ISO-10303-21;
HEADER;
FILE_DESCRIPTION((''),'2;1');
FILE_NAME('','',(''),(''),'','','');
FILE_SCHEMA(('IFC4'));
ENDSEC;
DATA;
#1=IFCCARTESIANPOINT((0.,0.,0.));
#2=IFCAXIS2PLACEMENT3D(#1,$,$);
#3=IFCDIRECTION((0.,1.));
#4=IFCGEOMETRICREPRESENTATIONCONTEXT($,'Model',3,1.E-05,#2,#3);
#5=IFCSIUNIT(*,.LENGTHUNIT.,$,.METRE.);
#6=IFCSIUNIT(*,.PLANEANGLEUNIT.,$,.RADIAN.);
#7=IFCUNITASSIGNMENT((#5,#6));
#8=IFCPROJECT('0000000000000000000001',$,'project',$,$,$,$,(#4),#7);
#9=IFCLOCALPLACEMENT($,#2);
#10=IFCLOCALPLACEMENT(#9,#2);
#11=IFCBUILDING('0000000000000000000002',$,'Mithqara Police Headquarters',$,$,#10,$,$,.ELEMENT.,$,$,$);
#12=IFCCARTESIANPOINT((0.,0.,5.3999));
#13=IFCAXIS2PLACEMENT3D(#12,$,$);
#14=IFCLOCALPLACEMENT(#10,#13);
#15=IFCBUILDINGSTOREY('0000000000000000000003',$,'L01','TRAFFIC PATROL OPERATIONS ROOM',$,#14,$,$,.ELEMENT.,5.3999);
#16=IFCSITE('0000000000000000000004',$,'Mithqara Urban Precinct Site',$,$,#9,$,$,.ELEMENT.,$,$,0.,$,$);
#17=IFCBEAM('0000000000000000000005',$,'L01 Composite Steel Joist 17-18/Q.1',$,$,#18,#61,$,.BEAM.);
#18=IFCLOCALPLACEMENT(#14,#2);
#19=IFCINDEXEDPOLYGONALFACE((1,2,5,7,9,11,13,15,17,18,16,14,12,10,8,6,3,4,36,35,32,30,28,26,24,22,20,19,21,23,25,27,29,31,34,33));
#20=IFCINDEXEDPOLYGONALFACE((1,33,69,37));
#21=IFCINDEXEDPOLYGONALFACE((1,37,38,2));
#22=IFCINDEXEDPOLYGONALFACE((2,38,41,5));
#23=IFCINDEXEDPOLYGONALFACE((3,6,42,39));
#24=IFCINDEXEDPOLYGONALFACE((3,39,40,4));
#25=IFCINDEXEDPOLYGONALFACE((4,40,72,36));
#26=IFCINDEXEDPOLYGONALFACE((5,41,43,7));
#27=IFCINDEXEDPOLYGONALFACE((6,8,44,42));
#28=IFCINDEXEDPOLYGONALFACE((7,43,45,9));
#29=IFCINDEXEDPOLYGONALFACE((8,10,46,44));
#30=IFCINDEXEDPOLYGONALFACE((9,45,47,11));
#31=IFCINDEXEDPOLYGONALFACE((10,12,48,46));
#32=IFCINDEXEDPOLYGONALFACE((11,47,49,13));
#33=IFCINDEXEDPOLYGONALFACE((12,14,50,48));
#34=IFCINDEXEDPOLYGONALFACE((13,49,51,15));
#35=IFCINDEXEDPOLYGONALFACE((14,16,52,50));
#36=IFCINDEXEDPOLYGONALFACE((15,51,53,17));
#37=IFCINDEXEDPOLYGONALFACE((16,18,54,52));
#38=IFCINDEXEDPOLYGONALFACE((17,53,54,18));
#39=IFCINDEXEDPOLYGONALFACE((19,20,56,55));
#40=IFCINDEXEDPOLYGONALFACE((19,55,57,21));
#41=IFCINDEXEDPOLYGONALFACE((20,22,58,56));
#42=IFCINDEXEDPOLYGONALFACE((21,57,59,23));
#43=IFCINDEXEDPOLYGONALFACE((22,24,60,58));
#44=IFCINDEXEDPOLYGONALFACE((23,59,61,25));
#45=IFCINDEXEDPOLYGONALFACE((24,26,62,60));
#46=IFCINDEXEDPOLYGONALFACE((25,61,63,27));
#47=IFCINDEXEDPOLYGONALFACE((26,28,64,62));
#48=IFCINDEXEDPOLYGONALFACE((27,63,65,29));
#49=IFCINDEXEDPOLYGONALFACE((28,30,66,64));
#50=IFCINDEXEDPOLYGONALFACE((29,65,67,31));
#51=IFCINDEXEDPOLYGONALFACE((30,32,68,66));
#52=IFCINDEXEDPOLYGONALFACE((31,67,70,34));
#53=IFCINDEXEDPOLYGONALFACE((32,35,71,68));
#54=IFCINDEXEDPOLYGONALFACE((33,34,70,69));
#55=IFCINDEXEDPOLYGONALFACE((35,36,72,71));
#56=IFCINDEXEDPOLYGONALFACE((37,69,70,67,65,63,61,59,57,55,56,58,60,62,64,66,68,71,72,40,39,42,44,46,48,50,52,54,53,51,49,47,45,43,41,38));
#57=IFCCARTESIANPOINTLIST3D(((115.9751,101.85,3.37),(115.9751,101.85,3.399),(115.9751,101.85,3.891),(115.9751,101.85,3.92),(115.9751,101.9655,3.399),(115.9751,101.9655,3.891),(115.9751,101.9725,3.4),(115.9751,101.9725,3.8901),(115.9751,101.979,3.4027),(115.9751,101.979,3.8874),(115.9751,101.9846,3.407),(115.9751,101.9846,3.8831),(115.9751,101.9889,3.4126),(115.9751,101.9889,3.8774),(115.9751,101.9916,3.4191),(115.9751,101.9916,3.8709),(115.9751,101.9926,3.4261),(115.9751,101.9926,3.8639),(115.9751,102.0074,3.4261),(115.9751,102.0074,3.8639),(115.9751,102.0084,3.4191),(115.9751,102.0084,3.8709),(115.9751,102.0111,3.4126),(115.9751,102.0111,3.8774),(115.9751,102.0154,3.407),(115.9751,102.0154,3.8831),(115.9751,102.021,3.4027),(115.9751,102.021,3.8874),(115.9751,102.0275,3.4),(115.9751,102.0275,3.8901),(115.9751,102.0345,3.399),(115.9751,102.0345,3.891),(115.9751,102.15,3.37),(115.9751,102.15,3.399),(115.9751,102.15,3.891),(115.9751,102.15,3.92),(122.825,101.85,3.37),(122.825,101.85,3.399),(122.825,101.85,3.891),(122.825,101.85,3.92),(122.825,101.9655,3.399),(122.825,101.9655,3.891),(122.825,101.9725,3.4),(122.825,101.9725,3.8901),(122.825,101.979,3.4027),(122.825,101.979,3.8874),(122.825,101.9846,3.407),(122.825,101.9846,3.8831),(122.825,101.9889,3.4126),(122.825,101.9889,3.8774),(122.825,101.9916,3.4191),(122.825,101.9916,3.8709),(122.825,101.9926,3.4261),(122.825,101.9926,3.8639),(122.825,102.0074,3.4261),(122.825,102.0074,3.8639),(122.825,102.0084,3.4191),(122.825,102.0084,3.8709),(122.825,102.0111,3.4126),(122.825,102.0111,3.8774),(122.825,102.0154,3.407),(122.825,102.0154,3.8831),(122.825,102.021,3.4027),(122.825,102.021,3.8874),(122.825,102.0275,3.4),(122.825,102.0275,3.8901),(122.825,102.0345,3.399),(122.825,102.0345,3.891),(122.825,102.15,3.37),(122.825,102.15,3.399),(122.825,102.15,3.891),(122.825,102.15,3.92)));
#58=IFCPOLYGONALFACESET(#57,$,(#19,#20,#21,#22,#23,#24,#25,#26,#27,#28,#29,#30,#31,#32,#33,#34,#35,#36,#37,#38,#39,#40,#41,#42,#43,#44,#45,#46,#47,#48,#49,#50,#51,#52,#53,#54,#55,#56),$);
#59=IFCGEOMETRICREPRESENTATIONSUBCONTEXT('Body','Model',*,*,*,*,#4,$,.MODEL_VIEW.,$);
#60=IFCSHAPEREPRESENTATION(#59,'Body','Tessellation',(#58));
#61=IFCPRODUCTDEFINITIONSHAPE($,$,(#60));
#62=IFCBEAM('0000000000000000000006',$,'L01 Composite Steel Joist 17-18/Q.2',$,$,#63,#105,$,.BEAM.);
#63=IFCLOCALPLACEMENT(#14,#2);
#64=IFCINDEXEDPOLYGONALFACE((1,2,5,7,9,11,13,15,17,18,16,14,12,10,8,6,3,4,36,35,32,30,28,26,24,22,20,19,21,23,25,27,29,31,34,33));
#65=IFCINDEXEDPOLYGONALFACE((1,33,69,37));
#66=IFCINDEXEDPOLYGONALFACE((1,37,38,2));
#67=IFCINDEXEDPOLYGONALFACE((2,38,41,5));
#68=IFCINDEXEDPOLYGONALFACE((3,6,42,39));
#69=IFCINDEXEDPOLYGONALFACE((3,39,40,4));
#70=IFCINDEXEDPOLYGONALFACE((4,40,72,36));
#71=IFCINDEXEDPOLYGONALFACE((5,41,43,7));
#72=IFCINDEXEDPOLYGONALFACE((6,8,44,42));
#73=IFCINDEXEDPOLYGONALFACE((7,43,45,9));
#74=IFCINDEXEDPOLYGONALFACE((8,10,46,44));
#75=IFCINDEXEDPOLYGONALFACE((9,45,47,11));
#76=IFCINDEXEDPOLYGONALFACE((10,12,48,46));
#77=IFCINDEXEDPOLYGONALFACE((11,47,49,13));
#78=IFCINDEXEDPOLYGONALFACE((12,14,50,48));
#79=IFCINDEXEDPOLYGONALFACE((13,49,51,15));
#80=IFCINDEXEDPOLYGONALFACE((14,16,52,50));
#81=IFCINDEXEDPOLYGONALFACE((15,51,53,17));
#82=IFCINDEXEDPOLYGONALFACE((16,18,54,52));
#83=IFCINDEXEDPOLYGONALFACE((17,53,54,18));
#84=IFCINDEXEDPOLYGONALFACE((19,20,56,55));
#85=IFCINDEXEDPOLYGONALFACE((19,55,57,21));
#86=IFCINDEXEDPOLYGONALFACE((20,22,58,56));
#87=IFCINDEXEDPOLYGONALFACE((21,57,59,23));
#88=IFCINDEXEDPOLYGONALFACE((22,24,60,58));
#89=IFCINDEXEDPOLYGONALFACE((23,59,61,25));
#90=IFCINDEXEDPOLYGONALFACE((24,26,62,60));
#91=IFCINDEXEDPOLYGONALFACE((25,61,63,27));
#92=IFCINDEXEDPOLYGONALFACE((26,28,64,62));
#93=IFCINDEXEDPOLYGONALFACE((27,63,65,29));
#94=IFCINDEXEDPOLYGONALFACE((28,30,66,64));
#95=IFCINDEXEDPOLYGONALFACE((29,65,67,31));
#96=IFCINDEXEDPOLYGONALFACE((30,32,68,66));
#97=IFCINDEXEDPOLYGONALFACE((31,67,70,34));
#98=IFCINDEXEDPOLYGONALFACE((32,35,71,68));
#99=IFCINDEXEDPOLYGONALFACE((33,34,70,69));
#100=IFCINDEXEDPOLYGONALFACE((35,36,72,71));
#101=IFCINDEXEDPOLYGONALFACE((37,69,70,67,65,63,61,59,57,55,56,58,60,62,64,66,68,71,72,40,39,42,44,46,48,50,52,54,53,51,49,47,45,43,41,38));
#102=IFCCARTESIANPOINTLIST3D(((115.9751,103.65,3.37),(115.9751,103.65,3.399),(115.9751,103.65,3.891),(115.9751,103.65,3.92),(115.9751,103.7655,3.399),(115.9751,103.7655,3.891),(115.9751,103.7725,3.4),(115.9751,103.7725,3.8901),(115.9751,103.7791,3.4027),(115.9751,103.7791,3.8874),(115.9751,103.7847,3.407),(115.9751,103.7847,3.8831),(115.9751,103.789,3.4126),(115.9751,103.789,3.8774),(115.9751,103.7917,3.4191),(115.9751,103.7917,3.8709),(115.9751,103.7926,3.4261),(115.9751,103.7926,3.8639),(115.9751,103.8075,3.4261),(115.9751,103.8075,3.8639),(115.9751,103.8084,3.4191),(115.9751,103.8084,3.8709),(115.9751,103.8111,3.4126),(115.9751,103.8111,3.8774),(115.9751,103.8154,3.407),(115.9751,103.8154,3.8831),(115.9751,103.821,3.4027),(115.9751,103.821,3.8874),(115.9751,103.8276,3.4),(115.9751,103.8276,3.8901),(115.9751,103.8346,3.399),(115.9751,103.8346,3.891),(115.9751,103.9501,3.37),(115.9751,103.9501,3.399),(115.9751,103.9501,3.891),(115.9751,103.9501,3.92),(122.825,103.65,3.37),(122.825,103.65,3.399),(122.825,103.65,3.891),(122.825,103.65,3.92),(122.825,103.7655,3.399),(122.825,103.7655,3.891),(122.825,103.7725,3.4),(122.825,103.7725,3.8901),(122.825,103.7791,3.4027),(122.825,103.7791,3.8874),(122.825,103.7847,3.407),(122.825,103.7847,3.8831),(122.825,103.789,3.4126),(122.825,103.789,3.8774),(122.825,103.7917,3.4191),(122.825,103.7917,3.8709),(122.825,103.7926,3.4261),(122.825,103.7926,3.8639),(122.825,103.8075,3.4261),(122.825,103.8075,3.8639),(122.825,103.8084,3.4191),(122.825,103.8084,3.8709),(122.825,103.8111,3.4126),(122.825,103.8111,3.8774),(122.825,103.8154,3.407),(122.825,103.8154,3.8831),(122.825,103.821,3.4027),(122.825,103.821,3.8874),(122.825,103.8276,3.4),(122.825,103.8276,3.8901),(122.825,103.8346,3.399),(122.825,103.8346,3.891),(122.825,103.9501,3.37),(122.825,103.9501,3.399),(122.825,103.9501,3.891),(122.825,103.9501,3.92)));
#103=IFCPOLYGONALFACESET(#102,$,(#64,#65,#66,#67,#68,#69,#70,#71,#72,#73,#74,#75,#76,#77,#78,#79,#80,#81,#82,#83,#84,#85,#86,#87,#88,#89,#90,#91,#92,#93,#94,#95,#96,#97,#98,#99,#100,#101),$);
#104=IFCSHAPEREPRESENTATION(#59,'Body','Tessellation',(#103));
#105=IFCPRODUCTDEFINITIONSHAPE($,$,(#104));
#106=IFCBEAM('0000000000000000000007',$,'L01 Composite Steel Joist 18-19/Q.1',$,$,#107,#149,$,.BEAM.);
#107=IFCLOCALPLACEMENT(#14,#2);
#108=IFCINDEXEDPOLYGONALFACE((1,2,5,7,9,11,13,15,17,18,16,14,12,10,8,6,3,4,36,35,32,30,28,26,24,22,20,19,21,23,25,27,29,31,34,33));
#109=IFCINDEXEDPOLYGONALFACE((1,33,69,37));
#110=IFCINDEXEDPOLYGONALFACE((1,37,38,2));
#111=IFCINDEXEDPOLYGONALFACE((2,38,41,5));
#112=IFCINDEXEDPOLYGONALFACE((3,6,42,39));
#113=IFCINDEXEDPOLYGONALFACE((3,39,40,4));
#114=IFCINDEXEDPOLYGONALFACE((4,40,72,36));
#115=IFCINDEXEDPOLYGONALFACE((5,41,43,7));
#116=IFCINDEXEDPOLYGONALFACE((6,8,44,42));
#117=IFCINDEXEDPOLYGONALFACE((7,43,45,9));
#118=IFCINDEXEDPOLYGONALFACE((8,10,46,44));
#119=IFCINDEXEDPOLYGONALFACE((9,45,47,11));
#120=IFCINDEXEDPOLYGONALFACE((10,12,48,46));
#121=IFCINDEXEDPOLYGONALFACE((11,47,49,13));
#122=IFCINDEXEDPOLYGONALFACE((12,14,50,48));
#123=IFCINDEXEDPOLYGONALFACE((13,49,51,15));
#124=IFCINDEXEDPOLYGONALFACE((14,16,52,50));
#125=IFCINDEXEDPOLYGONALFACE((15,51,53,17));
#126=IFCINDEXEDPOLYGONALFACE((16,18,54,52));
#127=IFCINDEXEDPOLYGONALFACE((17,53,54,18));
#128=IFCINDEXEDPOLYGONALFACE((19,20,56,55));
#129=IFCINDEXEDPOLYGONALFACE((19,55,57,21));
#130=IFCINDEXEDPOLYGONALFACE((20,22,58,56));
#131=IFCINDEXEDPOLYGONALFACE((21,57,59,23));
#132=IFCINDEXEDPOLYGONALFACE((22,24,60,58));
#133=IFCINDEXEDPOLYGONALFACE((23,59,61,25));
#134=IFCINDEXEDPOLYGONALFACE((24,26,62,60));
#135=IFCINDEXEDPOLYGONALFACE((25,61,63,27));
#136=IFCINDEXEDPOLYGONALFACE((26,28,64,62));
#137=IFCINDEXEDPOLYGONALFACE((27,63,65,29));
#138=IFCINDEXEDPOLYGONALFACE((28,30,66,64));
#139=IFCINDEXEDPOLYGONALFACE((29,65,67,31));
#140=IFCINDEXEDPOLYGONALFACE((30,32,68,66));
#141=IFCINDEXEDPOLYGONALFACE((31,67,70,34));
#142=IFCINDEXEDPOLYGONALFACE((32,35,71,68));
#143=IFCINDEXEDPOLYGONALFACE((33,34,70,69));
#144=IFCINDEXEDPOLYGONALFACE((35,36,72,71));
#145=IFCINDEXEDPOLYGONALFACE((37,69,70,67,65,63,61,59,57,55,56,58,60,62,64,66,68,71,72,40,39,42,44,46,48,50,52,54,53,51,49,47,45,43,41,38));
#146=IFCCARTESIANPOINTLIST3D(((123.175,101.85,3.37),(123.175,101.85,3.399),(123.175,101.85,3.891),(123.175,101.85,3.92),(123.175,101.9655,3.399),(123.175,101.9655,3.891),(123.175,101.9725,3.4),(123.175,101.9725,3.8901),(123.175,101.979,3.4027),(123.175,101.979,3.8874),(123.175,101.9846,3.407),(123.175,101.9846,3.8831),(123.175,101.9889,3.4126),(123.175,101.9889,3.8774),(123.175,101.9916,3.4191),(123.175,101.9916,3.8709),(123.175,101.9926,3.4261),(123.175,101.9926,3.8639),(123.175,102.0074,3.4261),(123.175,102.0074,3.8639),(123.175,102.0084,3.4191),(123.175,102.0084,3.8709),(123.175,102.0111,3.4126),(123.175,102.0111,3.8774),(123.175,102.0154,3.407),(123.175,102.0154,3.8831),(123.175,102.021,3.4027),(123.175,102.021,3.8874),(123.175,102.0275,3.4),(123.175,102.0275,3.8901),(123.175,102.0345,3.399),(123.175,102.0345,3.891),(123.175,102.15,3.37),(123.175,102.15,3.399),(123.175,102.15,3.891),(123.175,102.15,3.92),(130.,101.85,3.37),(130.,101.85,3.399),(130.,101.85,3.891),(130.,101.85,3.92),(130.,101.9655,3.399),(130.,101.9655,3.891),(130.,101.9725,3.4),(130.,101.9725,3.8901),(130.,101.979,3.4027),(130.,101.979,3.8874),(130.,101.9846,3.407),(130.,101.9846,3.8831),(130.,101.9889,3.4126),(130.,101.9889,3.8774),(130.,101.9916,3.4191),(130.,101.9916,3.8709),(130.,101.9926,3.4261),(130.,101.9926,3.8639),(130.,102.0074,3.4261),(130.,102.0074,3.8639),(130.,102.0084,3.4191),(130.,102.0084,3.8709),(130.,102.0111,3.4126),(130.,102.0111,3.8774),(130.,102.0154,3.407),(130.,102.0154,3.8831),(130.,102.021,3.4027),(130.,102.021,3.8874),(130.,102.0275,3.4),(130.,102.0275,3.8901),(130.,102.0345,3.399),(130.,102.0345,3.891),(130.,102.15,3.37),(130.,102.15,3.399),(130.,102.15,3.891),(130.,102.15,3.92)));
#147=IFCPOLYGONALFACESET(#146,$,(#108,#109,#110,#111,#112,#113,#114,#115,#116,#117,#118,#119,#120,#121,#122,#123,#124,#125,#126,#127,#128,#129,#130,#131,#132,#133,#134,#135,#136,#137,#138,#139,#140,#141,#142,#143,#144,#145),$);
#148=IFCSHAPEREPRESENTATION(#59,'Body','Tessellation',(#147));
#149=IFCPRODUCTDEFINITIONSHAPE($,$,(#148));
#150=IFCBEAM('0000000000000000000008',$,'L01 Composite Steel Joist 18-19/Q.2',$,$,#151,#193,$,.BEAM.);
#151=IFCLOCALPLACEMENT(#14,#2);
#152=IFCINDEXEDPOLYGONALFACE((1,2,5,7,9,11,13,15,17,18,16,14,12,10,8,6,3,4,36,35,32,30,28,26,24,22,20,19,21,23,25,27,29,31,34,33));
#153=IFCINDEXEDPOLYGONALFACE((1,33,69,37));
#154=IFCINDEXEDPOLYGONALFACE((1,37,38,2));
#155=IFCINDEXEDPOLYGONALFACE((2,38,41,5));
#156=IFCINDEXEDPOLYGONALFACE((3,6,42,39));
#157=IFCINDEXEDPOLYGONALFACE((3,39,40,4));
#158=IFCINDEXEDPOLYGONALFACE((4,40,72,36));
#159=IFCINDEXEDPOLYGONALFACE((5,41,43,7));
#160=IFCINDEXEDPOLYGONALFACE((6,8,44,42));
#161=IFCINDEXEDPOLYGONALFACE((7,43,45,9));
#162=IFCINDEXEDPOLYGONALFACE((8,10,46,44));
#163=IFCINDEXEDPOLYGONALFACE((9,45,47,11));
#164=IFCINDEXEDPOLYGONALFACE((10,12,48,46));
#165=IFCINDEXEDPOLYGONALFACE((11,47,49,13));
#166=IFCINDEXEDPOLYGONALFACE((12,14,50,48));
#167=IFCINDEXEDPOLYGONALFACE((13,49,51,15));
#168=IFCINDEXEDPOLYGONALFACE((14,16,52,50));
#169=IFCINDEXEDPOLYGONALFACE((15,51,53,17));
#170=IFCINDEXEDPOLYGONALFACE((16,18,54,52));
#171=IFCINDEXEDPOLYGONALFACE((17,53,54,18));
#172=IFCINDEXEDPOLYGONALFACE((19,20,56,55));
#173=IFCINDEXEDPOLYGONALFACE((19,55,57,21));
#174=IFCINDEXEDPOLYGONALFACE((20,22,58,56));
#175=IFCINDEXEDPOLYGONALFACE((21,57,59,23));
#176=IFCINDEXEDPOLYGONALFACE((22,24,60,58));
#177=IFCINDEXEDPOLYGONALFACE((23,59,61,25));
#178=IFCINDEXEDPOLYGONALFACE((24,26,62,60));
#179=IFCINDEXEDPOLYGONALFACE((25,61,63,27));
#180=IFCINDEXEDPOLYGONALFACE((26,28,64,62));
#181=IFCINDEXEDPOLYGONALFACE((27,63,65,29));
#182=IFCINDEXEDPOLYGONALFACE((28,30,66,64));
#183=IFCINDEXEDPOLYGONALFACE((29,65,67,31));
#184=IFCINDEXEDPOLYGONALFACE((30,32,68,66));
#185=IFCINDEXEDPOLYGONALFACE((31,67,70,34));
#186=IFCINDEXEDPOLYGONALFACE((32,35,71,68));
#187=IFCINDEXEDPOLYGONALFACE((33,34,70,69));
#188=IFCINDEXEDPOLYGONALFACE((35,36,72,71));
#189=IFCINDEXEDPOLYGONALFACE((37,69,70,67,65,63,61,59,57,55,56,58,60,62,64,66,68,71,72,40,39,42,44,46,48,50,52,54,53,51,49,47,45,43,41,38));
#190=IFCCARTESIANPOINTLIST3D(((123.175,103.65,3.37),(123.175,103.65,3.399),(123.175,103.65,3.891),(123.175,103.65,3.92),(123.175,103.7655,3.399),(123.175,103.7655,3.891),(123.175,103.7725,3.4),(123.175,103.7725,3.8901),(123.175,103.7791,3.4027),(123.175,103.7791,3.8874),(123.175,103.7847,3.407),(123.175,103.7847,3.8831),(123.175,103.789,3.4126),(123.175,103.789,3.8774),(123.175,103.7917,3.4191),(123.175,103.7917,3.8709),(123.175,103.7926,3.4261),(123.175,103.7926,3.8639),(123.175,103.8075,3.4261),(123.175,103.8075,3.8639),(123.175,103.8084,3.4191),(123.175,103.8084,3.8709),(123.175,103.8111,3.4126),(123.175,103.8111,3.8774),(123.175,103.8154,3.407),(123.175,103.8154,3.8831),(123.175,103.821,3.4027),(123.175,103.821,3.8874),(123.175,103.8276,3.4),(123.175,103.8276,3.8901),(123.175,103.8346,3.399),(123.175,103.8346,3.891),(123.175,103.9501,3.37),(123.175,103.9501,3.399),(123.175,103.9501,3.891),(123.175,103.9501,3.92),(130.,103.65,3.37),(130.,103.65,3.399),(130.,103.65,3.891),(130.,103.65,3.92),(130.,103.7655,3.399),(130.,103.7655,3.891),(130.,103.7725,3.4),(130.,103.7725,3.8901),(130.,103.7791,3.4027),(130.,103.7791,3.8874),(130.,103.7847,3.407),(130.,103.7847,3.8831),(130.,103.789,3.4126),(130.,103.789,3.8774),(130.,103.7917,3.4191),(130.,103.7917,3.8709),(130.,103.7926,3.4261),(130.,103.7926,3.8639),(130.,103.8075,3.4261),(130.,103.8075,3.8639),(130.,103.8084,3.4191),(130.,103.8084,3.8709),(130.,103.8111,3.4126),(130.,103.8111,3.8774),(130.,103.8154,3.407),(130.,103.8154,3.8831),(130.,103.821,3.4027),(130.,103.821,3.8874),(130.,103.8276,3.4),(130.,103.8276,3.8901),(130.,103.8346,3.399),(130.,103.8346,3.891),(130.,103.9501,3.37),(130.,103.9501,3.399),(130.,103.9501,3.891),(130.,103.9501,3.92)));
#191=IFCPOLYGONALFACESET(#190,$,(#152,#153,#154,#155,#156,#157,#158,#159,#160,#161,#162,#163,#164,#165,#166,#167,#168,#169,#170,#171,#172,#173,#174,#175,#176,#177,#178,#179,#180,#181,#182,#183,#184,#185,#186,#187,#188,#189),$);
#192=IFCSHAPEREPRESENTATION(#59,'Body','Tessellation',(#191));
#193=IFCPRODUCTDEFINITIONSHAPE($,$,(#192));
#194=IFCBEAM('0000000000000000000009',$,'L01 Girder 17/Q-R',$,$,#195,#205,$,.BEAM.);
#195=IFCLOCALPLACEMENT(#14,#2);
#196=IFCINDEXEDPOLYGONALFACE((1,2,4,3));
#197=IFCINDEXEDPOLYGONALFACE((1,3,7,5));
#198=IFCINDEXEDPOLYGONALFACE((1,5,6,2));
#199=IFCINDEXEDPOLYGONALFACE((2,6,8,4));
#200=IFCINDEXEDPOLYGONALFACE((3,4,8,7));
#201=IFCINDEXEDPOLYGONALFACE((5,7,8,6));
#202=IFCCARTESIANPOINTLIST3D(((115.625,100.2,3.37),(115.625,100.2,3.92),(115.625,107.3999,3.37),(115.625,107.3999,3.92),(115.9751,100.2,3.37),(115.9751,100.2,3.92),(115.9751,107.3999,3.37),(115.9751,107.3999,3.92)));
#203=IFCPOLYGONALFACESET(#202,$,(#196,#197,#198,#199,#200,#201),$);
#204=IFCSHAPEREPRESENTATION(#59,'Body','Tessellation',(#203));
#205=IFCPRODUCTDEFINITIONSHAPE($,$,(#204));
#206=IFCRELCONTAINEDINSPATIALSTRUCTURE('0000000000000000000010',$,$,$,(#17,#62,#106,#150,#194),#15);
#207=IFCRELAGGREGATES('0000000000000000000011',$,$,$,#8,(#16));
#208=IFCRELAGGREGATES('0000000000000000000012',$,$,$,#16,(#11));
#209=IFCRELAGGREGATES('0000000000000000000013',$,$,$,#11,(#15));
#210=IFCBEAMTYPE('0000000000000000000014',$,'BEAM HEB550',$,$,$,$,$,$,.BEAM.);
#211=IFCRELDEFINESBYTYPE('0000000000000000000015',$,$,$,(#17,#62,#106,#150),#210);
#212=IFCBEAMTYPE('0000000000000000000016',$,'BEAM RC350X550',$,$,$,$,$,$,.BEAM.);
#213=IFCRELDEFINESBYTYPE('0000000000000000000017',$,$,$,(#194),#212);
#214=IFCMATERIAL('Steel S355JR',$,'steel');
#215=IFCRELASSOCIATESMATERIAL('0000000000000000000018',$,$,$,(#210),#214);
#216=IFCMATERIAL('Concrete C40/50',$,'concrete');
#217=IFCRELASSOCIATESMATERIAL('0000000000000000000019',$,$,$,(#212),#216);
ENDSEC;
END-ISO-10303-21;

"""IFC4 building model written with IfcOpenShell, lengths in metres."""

from ifc_helpers import new_model, si_unit, direction, frame, origin, origin_2d, place, context, subcontext, project, spatial, rectangle, i_section, extrude, material, material_profile, profile_set, type_object, element, save


model = new_model("IFC4")

# Units and contexts
model_context = context("Model", 3, precision=1e-05, world=origin(), true_north=direction((0.0, 1.0)))
body_context = subcontext(model_context, "Body", "Model", "MODEL_VIEW")
ifc_project = project(units=[si_unit("LENGTHUNIT", "METRE"), si_unit("PLANEANGLEUNIT", "RADIAN")], contexts=[model_context])

# Site, building, storey
site_placement = place(None, origin())
site = spatial("IfcSite", under=ifc_project, at=site_placement, Name="Mithqara Urban Precinct Site", CompositionType="ELEMENT", RefElevation=0.0)
building_placement = place(site_placement, origin())
building = spatial("IfcBuilding", under=site, at=building_placement, Name="Mithqara Police Headquarters", CompositionType="ELEMENT")
storey_placement = place(building_placement, frame((0.0, 0.0, 5.3999)))
storey = spatial("IfcBuildingStorey", under=building, at=storey_placement, Name="L01", Description="TRAFFIC PATROL OPERATIONS ROOM", CompositionType="ELEMENT", Elevation=5.3999)

# Beams
ifc_material_1 = material(Name="Steel S355JR", Category="steel")
ifc_material_profile_1 = material_profile(ifc_material_1, i_section(OverallWidth=0.3, OverallDepth=0.55, WebThickness=0.0149, FlangeThickness=0.0291, FilletRadius=0.0271, at=origin_2d()), Name="HEB 550")
ifc_profile_set_1 = profile_set([ifc_material_profile_1], Name="Steel S355JR")
beam_type_1 = type_object("IfcBeamType", Name="BEAM HEB550", PredefinedType="BEAM", material=ifc_profile_set_1)
for number, where, z_axis, x_axis, name in (
    (1, (115.9751, 102.0, 3.645), (1.0, 0.0, 0.0), (0.0, 1.0, 0.0), "L01 Composite Steel Joist 17-18/Q.1"),
    (2, (115.9751, 103.8, 3.645), (1.0, 0.0, 0.0), (0.0, 1.0, 0.0), "L01 Composite Steel Joist 17-18/Q.2"),
):
    element("IfcBeam", number, at=place(storey_placement, frame(where, z_axis=z_axis, x_axis=x_axis)), inside=storey, type_object=beam_type_1, Name=name, PredefinedType="BEAM", context=body_context, shape_type="SweptSolid", body=[
        extrude(i_section(OverallWidth=0.3, OverallDepth=0.55, WebThickness=0.0149, FlangeThickness=0.0291, FilletRadius=0.0271, at=origin_2d()), origin(), (0.0, 0.0, 1.0), 6.8499),
    ])
for number, where, z_axis, x_axis, name in (
    (3, (123.175, 102.0, 3.645), (1.0, 0.0, 0.0), (0.0, 1.0, 0.0), "L01 Composite Steel Joist 18-19/Q.1"),
    (4, (123.175, 103.8, 3.645), (1.0, 0.0, 0.0), (0.0, 1.0, 0.0), "L01 Composite Steel Joist 18-19/Q.2"),
):
    element("IfcBeam", number, at=place(storey_placement, frame(where, z_axis=z_axis, x_axis=x_axis)), inside=storey, type_object=beam_type_1, Name=name, PredefinedType="BEAM", context=body_context, shape_type="SweptSolid", body=[
        extrude(i_section(OverallWidth=0.3, OverallDepth=0.55, WebThickness=0.0149, FlangeThickness=0.0291, FilletRadius=0.0271, at=origin_2d()), origin(), (0.0, 0.0, 1.0), 6.825),
    ])
ifc_material_2 = material(Name="Concrete C40/50", Category="concrete")
ifc_material_profile_2 = material_profile(ifc_material_2, rectangle(XDim=0.3501, YDim=0.55, at=origin_2d()), Name="RC 350x550")
ifc_profile_set_2 = profile_set([ifc_material_profile_2], Name="Concrete C40/50")
beam_type_2 = type_object("IfcBeamType", Name="BEAM RC350X550", PredefinedType="BEAM", material=ifc_profile_set_2)
beam_1_placement = place(storey_placement, frame((115.8, 100.2, 3.645), z_axis=(0.0, 1.0, 0.0), x_axis=(-1.0, 0.0, 0.0)))
element("IfcBeam", 5, at=beam_1_placement, inside=storey, type_object=beam_type_2, Name="L01 Girder 17/Q-R", PredefinedType="BEAM", context=body_context, shape_type="SweptSolid", body=[
    extrude(rectangle(XDim=0.3501, YDim=0.55, at=origin_2d()), origin(), (0.0, 0.0, 1.0), 7.2),
])

save(model, "model.ifc")
